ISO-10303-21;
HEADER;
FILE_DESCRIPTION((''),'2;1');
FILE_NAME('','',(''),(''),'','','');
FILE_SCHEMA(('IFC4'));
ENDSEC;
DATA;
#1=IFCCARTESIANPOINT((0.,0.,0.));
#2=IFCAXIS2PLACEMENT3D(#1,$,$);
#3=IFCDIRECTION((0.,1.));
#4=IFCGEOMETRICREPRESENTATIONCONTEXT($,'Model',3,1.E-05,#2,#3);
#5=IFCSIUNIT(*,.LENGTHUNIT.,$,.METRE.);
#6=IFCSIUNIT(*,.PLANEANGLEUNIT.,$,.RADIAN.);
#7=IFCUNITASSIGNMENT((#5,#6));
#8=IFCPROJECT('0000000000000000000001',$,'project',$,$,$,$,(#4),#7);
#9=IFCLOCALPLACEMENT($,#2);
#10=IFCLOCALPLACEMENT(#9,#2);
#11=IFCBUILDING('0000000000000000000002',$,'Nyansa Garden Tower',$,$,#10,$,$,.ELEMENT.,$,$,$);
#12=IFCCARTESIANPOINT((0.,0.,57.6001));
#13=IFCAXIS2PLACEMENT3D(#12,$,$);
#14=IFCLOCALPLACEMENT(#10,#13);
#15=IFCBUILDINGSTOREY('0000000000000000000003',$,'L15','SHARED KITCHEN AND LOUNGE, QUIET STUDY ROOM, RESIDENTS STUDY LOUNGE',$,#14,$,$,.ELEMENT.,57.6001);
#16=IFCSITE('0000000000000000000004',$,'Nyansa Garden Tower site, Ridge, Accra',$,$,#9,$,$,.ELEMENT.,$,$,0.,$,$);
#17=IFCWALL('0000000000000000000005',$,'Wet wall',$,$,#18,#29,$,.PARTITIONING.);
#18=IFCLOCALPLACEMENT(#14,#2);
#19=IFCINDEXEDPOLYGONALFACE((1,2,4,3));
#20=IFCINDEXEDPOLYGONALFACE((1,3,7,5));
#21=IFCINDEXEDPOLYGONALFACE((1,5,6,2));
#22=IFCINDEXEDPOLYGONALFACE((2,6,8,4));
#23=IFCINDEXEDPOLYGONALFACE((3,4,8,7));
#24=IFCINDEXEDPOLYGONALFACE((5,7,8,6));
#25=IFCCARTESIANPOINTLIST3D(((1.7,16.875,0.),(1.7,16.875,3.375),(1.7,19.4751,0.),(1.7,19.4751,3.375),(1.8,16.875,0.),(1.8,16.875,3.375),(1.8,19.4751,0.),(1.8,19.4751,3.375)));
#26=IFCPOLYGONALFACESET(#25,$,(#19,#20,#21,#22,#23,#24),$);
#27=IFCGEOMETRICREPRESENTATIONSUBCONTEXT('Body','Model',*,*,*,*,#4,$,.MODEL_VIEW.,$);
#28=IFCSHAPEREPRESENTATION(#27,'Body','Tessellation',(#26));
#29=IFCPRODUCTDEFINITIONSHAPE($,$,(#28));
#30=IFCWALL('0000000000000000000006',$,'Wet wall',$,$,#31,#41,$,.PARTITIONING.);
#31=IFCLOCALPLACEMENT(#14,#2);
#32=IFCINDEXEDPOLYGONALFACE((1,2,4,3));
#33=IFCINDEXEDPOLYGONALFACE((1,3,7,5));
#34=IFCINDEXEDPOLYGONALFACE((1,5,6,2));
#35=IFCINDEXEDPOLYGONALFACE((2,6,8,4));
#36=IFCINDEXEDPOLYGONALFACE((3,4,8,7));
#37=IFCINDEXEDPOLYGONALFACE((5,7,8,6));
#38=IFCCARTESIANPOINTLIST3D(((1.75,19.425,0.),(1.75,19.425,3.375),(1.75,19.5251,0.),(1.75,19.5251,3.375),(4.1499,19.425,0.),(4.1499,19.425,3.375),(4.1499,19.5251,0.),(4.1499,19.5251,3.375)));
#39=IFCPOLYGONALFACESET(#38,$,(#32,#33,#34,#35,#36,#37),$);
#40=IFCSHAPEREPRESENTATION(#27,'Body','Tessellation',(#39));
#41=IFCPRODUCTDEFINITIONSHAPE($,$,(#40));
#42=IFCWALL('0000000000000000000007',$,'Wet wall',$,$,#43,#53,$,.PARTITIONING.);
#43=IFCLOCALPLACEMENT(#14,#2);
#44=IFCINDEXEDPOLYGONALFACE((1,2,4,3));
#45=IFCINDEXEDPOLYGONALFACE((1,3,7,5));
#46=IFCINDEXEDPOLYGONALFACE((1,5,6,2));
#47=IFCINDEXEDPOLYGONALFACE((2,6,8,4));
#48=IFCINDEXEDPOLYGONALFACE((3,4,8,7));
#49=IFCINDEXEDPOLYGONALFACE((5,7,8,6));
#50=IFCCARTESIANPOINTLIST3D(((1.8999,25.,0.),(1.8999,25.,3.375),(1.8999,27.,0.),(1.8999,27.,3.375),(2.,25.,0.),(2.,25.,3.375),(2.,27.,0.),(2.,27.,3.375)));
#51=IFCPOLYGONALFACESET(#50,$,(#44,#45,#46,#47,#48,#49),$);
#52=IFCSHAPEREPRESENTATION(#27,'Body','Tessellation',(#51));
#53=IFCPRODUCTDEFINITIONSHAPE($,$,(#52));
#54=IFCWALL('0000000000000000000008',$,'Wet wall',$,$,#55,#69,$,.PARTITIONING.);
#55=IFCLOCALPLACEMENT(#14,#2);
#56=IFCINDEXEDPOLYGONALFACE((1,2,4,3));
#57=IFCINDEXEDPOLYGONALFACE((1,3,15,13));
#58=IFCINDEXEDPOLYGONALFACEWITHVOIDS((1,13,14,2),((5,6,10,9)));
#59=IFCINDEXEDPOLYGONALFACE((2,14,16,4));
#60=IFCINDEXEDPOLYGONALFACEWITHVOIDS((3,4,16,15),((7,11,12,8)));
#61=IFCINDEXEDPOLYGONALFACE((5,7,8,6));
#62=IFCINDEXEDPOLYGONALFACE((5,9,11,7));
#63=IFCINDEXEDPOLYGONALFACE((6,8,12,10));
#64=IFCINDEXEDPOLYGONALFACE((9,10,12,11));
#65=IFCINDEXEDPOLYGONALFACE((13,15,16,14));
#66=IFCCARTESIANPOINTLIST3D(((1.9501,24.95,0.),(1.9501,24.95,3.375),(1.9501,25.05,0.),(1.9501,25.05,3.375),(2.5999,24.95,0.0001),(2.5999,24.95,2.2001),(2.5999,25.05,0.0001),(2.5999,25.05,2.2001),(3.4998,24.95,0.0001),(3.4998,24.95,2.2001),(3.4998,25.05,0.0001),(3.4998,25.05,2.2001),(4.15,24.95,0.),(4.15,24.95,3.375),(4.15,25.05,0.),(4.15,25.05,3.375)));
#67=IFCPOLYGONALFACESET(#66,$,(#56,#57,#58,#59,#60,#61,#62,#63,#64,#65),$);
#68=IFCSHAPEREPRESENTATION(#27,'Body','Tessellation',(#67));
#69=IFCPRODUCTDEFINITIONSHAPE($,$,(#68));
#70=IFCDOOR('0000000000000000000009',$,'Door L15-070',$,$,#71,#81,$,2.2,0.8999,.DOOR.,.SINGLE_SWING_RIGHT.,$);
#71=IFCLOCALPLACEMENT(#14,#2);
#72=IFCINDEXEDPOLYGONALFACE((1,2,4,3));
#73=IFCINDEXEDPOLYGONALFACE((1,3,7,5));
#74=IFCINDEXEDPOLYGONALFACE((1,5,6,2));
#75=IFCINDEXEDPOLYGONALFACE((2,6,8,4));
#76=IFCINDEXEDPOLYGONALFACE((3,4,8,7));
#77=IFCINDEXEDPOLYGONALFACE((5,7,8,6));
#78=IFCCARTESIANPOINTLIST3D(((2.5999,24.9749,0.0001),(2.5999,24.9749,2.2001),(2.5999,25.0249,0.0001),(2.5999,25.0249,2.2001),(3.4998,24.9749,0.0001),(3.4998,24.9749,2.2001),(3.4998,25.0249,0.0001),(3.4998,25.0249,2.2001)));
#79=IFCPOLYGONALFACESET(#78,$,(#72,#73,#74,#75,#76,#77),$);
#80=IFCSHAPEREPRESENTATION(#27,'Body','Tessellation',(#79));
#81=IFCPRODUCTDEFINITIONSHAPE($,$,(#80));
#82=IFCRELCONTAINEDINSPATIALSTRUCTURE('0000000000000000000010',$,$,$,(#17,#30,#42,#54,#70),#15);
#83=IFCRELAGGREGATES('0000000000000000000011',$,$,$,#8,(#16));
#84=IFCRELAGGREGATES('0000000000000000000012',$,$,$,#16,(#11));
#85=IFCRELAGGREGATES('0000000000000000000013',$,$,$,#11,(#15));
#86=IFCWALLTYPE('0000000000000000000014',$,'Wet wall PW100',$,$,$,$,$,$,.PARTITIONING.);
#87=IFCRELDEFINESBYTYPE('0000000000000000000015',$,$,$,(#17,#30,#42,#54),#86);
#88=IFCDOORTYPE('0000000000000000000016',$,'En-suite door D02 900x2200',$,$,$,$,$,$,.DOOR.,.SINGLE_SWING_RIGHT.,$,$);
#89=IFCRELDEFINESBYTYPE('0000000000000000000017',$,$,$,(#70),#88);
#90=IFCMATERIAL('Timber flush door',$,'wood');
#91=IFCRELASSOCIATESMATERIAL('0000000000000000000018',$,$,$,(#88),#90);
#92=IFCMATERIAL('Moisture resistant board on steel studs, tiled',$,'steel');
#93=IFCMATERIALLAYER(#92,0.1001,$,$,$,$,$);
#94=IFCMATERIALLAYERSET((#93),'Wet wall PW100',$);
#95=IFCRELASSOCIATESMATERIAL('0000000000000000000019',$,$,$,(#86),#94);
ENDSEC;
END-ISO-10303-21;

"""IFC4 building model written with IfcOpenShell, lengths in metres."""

from ifc_helpers import new_model, si_unit, direction, frame, frame_2d, origin, place, context, subcontext, project, spatial, rectangle, extrude, material, layer, layer_set, type_object, element, fill, save


model = new_model("IFC4")

# Units and contexts
model_context = context("Model", 3, precision=1e-05, world=origin(), true_north=direction((0.0, 1.0)))
body_context = subcontext(model_context, "Body", "Model", "MODEL_VIEW")
ifc_project = project(units=[si_unit("LENGTHUNIT", "METRE"), si_unit("PLANEANGLEUNIT", "RADIAN")], contexts=[model_context])

# Site, building, storey
site_placement = place(None, origin())
site = spatial("IfcSite", under=ifc_project, at=site_placement, Name="Nyansa Garden Tower site, Ridge, Accra", CompositionType="ELEMENT", RefElevation=0.0)
building_placement = place(site_placement, origin())
building = spatial("IfcBuilding", under=site, at=building_placement, Name="Nyansa Garden Tower", CompositionType="ELEMENT")
storey_placement = place(building_placement, frame((0.0, 0.0, 57.6001)))
storey = spatial("IfcBuildingStorey", under=building, at=storey_placement, Name="L15", Description="SHARED KITCHEN AND LOUNGE, QUIET STUDY ROOM, RESIDENTS STUDY LOUNGE", CompositionType="ELEMENT", Elevation=57.6001)

# Shared definitions
ifc_material_1 = material(Name="Timber flush door", Category="wood")
door_type_1 = type_object("IfcDoorType", Name="En-suite door D02 900x2200", OperationType="SINGLE_SWING_RIGHT", PredefinedType="DOOR", material=ifc_material_1)

# Walls
ifc_material_2 = material(Name="Moisture resistant board on steel studs, tiled", Category="steel")
ifc_layer_1 = layer(ifc_material_2, 0.1001)
ifc_layer_set_1 = layer_set([ifc_layer_1], Name="Wet wall PW100")
wall_type_1 = type_object("IfcWallType", Name="Wet wall PW100", PredefinedType="PARTITIONING", material=ifc_layer_set_1)
wall_1_placement = place(storey_placement, frame((1.75, 16.875, 0.0), z_axis=(0.0, 0.0, 1.0), x_axis=(0.0, 1.0, 0.0)))
element("IfcWall", 1, at=wall_1_placement, inside=storey, type_object=wall_type_1, Name="Wet wall", PredefinedType="PARTITIONING", context=body_context, shape_type="SweptSolid", body=[
    extrude(rectangle(XDim=2.6001, YDim=0.1001, at=frame_2d((1.3, 0.0))), origin(), (0.0, 0.0, 1.0), 3.375),
])
wall_2_placement = place(storey_placement, frame((1.75, 19.4751, 0.0), z_axis=(0.0, 0.0, 1.0), x_axis=(1.0, 0.0, 0.0)))
element("IfcWall", 2, at=wall_2_placement, inside=storey, type_object=wall_type_1, Name="Wet wall", PredefinedType="PARTITIONING", context=body_context, shape_type="SweptSolid", body=[
    extrude(rectangle(XDim=2.3999, YDim=0.1001, at=frame_2d((1.2, 0.0))), origin(), (0.0, 0.0, 1.0), 3.375),
])
wall_3_placement = place(storey_placement, frame((1.95, 25.0, 0.0), z_axis=(0.0, 0.0, 1.0), x_axis=(0.0, 1.0, 0.0)))
element("IfcWall", 3, at=wall_3_placement, inside=storey, type_object=wall_type_1, Name="Wet wall", PredefinedType="PARTITIONING", context=body_context, shape_type="SweptSolid", body=[
    extrude(rectangle(XDim=2.0, YDim=0.1001, at=frame_2d((1.0, 0.0))), origin(), (0.0, 0.0, 1.0), 3.375),
])

# Wall, opening, door
wall_4_placement = place(storey_placement, frame((1.95, 25.0, 0.0), z_axis=(0.0, 0.0, 1.0), x_axis=(1.0, 0.0, 0.0)))
wall_4 = element("IfcWall", 4, at=wall_4_placement, inside=storey, type_object=wall_type_1, Name="Wet wall", PredefinedType="PARTITIONING", context=body_context, shape_type="SweptSolid", body=[
    extrude(rectangle(XDim=2.2, YDim=0.1001, at=frame_2d((1.1001, 0.0))), origin(), (0.0, 0.0, 1.0), 3.375),
])
opening_1_placement = place(wall_4_placement, frame((0.6499, 0.0, 0.0)))
opening_1 = element("IfcOpeningElement", 5, at=opening_1_placement, cuts=wall_4, PredefinedType="OPENING", context=body_context, shape_type="SweptSolid", body=[
    extrude(rectangle(XDim=0.8999, YDim=2.2, at=frame_2d((0.45, 1.1001))), frame((0.0, 0.0601, 0.0), z_axis=(0.0, -1.0, 0.0), x_axis=(1.0, 0.0, 0.0)), (0.0, 0.0, 1.0), 0.1201),
])
door_1_placement = place(opening_1_placement, origin())
door_1 = element("IfcDoor", 6, at=door_1_placement, inside=storey, type_object=door_type_1, Name="Door L15-070", OperationType="SINGLE_SWING_RIGHT", OverallHeight=2.2, OverallWidth=0.8999, PredefinedType="DOOR", context=body_context, shape_type="SweptSolid", body=[
    extrude(rectangle(XDim=0.8999, YDim=2.2, at=frame_2d((0.45, 1.1001))), frame((0.0, 0.0249, 0.0), z_axis=(0.0, -1.0, 0.0), x_axis=(1.0, 0.0, 0.0)), (0.0, 0.0, 1.0), 0.05),
])
fill(opening_1, door_1)

save(model, "model.ifc")
